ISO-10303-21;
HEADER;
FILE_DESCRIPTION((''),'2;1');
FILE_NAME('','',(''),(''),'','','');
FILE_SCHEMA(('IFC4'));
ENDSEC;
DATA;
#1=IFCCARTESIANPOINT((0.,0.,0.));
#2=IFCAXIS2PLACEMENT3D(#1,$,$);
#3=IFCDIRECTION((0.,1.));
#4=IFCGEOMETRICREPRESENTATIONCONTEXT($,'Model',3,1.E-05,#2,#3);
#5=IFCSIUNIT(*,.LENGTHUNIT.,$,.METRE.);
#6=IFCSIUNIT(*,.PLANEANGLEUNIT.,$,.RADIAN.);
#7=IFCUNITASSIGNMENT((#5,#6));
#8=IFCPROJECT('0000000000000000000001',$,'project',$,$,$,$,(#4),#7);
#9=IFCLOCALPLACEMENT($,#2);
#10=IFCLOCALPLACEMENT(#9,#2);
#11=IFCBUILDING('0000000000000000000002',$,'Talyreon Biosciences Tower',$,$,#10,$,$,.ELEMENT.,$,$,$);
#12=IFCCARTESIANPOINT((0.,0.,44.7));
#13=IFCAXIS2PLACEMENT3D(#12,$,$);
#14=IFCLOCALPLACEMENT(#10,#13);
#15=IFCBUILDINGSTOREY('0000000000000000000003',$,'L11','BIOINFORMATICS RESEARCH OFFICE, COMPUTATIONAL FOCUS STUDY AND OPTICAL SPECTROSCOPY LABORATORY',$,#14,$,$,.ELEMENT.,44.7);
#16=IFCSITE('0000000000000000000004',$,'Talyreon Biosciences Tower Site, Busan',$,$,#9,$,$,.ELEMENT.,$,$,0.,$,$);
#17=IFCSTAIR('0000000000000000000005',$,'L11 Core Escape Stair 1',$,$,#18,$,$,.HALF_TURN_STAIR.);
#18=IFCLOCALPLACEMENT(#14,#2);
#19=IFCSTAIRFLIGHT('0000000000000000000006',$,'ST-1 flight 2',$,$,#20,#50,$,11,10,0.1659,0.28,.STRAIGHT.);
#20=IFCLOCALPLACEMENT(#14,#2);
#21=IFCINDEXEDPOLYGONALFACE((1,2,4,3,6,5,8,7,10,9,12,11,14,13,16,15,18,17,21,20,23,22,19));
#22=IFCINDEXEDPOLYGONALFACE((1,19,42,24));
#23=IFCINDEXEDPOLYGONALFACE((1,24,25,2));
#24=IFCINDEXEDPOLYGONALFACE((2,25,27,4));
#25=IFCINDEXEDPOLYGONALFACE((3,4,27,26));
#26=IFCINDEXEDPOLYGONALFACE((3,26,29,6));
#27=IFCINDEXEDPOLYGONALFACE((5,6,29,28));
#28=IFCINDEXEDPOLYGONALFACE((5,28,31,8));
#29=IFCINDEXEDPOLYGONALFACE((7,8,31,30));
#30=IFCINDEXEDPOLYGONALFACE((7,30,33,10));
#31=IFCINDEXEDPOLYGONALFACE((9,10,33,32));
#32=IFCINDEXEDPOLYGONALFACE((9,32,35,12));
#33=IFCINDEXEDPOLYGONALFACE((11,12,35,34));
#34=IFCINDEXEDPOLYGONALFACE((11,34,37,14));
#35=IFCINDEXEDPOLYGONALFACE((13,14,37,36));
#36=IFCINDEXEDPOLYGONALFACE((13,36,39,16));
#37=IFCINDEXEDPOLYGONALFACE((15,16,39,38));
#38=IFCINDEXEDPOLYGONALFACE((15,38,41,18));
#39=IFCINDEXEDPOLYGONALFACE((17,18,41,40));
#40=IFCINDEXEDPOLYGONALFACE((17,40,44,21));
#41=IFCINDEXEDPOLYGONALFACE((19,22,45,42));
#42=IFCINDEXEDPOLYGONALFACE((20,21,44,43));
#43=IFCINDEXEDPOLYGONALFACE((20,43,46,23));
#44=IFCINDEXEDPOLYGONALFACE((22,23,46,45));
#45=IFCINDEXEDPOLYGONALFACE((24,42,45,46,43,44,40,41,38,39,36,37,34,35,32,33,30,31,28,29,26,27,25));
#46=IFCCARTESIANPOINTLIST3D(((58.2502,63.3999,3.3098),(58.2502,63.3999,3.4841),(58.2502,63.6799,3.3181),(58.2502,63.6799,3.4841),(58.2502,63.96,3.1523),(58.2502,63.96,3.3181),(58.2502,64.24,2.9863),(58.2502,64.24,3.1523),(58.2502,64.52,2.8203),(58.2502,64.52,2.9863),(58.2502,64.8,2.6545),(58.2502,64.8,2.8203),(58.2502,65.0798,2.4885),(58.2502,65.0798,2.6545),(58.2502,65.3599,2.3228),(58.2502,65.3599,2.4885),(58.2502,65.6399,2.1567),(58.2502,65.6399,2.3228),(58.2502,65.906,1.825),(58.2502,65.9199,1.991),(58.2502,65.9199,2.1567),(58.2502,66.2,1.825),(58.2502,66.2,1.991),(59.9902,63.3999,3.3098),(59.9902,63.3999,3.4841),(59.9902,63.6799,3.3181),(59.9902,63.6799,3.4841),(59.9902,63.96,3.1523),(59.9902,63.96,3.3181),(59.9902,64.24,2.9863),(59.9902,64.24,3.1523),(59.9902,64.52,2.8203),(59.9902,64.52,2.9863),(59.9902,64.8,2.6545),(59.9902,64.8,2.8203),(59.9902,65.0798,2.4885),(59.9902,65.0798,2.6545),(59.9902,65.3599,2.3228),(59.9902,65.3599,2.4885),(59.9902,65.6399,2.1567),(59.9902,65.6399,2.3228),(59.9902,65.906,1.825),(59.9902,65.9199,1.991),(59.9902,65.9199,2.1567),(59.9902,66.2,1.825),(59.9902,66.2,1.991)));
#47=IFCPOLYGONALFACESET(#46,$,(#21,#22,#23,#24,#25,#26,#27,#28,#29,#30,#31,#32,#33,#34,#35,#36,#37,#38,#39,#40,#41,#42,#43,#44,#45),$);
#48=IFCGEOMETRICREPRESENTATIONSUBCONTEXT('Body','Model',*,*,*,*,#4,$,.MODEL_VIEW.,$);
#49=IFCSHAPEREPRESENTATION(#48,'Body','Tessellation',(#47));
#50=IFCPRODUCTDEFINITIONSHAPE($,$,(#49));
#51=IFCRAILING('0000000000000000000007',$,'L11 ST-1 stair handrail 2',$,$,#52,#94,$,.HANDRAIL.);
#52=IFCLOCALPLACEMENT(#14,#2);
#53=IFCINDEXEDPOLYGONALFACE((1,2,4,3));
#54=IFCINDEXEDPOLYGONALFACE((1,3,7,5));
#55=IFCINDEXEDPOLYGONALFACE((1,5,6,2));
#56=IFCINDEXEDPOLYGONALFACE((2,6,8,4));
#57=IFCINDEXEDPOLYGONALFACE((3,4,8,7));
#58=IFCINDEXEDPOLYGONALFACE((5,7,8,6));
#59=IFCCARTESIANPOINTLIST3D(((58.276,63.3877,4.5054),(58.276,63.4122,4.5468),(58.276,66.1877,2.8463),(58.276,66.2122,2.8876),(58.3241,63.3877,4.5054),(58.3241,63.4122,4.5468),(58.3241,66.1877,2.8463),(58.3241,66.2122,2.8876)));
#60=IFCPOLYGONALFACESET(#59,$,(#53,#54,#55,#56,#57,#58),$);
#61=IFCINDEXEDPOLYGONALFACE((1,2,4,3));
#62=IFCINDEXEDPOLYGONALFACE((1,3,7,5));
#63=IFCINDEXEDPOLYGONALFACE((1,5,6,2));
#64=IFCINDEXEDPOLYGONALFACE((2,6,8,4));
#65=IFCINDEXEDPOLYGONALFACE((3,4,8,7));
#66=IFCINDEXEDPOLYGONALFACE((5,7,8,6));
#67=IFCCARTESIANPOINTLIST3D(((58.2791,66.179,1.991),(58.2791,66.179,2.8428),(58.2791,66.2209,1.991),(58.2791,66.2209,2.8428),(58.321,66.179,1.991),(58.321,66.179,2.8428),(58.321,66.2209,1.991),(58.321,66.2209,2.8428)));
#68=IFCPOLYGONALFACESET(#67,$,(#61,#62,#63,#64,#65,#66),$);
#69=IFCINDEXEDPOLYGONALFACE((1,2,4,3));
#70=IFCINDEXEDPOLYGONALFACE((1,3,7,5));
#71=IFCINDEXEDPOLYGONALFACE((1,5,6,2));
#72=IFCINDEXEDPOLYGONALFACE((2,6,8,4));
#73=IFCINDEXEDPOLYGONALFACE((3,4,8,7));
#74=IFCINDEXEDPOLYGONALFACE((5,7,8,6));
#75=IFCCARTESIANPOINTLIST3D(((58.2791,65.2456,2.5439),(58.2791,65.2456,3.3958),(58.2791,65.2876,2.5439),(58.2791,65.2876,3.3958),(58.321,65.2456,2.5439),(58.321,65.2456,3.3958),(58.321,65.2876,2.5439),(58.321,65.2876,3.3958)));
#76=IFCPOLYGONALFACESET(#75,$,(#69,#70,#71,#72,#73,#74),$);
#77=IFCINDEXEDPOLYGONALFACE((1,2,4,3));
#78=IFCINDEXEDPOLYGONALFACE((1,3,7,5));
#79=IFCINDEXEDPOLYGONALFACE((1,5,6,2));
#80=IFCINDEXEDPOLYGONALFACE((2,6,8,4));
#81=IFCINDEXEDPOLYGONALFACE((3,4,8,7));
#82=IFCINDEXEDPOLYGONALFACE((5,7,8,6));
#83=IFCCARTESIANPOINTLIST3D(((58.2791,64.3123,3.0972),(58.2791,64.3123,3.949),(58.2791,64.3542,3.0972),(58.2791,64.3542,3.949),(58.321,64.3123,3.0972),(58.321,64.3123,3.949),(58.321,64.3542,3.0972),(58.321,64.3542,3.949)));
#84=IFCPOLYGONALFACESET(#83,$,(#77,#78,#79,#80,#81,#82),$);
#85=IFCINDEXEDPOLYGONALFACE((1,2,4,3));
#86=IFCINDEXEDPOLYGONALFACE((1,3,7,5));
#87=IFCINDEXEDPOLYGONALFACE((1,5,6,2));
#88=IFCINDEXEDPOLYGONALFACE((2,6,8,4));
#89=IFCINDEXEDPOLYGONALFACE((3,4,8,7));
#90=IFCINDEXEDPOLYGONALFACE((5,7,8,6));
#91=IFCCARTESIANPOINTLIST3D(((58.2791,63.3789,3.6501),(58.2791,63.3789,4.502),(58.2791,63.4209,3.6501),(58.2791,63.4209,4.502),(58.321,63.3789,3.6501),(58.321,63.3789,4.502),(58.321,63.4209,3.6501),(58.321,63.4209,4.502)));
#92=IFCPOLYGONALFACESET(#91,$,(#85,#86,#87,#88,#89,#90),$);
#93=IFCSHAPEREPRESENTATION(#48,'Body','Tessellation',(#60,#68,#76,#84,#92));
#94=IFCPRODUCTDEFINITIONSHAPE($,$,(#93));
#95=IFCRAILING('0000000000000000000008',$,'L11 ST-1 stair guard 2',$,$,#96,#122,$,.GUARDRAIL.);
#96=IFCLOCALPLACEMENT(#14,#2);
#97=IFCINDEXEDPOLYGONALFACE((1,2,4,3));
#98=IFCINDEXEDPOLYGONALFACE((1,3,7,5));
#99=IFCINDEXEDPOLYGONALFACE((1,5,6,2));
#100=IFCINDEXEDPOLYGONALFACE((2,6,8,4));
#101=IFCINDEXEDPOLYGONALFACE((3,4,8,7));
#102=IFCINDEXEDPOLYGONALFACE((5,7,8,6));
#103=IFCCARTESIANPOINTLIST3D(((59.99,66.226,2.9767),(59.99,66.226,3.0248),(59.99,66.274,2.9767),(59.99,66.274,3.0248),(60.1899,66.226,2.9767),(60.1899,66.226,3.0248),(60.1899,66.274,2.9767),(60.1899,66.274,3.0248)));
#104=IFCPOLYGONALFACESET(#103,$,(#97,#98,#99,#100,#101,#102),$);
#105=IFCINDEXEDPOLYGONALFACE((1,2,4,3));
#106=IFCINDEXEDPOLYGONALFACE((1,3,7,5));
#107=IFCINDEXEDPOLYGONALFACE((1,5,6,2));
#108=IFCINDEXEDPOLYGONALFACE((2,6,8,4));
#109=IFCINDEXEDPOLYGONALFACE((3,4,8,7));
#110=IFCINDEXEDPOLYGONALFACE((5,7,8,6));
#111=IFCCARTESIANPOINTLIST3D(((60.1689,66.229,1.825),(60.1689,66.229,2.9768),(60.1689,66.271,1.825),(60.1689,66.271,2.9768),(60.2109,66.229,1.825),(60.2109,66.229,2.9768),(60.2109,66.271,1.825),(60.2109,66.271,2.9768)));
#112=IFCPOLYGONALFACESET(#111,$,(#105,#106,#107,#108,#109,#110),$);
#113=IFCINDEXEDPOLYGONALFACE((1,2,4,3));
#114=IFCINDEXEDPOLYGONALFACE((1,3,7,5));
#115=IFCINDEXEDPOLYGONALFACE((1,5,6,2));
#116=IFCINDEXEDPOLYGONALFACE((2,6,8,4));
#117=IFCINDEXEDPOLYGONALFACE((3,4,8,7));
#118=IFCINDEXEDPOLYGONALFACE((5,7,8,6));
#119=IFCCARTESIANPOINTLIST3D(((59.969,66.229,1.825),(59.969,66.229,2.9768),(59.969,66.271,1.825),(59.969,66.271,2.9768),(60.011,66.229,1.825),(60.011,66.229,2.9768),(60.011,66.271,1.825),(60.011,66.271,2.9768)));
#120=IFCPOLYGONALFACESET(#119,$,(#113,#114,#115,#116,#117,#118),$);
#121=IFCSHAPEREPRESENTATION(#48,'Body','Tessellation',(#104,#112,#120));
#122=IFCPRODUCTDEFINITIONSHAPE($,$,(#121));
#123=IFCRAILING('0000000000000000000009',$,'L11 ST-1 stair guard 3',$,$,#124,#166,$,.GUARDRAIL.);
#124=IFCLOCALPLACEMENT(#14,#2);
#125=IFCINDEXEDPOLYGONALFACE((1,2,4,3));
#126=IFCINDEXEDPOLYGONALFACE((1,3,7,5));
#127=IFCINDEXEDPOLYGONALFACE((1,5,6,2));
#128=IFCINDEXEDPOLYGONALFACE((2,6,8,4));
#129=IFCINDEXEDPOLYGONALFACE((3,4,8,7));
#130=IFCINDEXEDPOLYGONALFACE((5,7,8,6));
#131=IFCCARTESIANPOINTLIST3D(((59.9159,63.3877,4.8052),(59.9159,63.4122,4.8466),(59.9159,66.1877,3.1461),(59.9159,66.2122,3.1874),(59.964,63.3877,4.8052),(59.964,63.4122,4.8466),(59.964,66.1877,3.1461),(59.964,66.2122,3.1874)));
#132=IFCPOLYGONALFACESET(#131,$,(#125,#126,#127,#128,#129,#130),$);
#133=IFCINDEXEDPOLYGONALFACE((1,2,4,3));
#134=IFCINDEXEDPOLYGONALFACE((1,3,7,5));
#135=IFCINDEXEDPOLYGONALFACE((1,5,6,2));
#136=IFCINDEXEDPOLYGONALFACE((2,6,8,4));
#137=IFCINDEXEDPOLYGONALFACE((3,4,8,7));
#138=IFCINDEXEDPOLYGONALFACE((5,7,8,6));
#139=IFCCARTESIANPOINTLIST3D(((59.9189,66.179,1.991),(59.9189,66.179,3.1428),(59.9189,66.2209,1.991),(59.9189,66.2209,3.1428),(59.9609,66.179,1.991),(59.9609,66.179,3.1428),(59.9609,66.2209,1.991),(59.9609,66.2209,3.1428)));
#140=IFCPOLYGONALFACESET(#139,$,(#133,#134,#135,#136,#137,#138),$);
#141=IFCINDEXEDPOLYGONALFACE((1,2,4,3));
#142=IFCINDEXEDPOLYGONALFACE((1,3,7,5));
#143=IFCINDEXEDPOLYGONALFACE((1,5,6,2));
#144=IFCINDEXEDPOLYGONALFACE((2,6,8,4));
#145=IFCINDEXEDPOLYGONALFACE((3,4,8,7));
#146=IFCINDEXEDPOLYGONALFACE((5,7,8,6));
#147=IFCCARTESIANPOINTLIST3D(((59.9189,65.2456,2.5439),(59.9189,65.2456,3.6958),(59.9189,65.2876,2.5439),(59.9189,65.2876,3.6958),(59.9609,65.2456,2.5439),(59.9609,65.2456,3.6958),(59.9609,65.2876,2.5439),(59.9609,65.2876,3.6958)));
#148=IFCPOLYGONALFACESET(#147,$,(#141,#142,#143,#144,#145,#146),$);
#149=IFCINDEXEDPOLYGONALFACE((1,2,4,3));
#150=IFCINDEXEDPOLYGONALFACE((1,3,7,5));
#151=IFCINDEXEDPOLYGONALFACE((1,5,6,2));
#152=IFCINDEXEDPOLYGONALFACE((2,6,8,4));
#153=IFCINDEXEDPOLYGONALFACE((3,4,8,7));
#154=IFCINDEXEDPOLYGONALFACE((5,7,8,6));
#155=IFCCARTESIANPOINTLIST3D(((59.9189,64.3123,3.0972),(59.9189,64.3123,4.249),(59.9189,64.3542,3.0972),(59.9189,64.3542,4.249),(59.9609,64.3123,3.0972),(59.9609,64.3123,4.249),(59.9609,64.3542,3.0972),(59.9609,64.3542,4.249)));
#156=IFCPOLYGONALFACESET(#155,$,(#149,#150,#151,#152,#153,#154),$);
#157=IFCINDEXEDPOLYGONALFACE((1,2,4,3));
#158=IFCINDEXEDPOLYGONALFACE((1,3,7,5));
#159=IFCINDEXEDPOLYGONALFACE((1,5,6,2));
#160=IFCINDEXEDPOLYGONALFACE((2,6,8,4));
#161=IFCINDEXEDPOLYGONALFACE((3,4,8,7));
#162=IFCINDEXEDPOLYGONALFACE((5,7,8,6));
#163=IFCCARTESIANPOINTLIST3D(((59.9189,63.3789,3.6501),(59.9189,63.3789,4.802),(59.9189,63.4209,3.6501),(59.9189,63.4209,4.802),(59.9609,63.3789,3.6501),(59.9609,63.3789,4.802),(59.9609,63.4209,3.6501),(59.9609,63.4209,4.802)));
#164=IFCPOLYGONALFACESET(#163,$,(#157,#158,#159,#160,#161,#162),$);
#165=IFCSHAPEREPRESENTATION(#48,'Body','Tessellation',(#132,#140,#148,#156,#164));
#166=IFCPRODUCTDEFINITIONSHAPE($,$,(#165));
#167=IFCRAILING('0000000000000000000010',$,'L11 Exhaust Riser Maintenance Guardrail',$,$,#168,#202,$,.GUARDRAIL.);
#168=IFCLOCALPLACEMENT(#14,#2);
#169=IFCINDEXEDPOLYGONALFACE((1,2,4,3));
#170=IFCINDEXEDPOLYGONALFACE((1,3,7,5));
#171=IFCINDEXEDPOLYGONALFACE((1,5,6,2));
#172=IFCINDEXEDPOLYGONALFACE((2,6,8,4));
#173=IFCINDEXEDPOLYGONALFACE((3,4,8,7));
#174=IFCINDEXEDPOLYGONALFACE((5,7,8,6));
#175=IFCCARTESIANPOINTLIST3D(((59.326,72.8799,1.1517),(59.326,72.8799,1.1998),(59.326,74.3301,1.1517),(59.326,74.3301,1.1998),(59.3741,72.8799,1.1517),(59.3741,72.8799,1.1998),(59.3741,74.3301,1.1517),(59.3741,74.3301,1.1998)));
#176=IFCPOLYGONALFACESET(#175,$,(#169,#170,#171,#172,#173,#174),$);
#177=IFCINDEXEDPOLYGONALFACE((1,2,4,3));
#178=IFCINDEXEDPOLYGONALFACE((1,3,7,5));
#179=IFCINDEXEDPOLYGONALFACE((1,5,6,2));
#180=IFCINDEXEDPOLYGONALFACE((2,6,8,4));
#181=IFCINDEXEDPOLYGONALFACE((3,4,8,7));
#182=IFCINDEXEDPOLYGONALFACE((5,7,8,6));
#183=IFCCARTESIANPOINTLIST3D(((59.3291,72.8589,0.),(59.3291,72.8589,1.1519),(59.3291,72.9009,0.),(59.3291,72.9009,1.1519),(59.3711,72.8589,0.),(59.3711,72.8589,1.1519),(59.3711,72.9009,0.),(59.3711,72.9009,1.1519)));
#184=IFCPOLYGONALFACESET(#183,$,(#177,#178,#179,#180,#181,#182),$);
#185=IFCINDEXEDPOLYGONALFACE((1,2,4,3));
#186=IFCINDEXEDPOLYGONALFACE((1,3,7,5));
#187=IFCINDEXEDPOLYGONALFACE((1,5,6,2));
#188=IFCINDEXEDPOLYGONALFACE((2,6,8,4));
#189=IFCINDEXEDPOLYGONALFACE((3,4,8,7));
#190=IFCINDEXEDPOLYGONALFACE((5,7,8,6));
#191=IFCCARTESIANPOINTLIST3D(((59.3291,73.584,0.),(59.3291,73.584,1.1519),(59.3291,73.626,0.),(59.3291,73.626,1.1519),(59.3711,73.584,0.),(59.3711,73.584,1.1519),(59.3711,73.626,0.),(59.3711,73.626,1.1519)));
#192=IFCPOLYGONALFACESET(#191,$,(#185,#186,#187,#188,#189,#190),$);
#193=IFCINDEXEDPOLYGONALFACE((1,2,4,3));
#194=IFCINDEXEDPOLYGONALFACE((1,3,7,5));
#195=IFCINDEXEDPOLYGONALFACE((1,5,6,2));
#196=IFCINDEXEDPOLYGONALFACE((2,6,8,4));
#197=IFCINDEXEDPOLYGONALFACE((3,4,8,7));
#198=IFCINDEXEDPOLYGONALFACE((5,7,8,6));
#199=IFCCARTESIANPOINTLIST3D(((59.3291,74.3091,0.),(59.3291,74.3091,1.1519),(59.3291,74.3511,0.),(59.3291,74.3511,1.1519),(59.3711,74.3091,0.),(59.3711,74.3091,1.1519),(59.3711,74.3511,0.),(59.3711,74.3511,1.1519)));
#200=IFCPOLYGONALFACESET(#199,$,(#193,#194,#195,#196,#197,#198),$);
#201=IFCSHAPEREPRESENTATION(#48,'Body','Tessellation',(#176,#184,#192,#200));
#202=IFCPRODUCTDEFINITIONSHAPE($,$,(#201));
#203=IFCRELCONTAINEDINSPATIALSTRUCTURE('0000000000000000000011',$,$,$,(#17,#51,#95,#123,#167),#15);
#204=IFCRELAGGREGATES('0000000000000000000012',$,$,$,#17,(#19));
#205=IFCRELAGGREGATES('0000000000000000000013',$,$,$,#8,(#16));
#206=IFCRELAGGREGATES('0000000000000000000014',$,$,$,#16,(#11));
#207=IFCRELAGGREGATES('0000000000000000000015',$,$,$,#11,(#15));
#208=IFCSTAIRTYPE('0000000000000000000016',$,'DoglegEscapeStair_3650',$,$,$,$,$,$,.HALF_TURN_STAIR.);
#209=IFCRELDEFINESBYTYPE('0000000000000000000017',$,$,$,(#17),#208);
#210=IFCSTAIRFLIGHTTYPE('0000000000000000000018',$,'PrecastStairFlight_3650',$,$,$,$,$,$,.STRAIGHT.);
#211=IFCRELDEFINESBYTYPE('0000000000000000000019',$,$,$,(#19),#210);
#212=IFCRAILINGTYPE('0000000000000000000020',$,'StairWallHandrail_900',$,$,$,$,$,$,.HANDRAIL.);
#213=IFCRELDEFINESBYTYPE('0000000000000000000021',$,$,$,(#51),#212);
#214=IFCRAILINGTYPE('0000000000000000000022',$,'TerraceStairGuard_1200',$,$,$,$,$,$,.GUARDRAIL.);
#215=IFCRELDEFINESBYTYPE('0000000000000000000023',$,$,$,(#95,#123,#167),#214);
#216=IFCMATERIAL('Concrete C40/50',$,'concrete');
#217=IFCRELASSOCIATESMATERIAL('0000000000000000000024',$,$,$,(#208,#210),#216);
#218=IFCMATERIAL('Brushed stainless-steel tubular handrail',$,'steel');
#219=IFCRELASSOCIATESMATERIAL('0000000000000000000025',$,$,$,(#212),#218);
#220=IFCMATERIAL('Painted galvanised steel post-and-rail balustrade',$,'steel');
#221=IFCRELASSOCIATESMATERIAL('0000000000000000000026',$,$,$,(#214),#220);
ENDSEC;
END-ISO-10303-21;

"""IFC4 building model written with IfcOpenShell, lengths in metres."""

from ifc_helpers import new_model, si_unit, direction, frame, origin, origin_2d, place, context, subcontext, project, spatial, polyline, rectangle, outline, extrude, material, type_object, element, aggregate, save


model = new_model("IFC4")

# Units and contexts
model_context = context("Model", 3, precision=1e-05, world=origin(), true_north=direction((0.0, 1.0)))
body_context = subcontext(model_context, "Body", "Model", "MODEL_VIEW")
ifc_project = project(units=[si_unit("LENGTHUNIT", "METRE"), si_unit("PLANEANGLEUNIT", "RADIAN")], contexts=[model_context])

# Site, building, storey
site_placement = place(None, origin())
site = spatial("IfcSite", under=ifc_project, at=site_placement, Name="Talyreon Biosciences Tower Site, Busan", CompositionType="ELEMENT", RefElevation=0.0)
building_placement = place(site_placement, origin())
building = spatial("IfcBuilding", under=site, at=building_placement, Name="Talyreon Biosciences Tower", CompositionType="ELEMENT")
storey_placement = place(building_placement, frame((0.0, 0.0, 44.7)))
storey = spatial("IfcBuildingStorey", under=building, at=storey_placement, Name="L11", Description="BIOINFORMATICS RESEARCH OFFICE, COMPUTATIONAL FOCUS STUDY AND OPTICAL SPECTROSCOPY LABORATORY", CompositionType="ELEMENT", Elevation=44.7)

# Stair, stair flight
ifc_material_1 = material(Name="Concrete C40/50", Category="concrete")
stair_type = type_object("IfcStairType", Name="DoglegEscapeStair_3650", PredefinedType="HALF_TURN_STAIR", material=ifc_material_1)
stair_placement = place(storey_placement, origin())
stair = element("IfcStair", 1, at=stair_placement, inside=storey, type_object=stair_type, Name="L11 Core Escape Stair 1", PredefinedType="HALF_TURN_STAIR")
stair_flight_type = type_object("IfcStairFlightType", Name="PrecastStairFlight_3650", PredefinedType="STRAIGHT", material=ifc_material_1)
stair_flight_placement = place(storey_placement, frame((59.1201, 66.2, 1.825), z_axis=(0.0, 0.0, 1.0), x_axis=(0.0, -1.0, 0.0)))
stair_flight = element("IfcStairFlight", 2, at=stair_flight_placement, type_object=stair_flight_type, Name="ST-1 flight 2", NumberOfRisers=11, NumberOfTreads=10, PredefinedType="STRAIGHT", RiserHeight=0.1659, TreadLength=0.28, context=body_context, shape_type="SweptSolid", body=[
    extrude(outline(polyline([(0.0, 0.0), (0.0, 0.166), (0.28, 0.166), (0.28, 0.3318), (0.5601, 0.3318), (0.5601, 0.4978), (0.8401, 0.4978), (0.8401, 0.6636), (1.1201, 0.6636), (1.1201, 0.8296), (1.3999, 0.8296), (1.3999, 0.9954), (1.6799, 0.9954), (1.6799, 1.1614), (1.96, 1.1614), (1.96, 1.3274), (2.24, 1.3274), (2.24, 1.4932), (2.52, 1.4932), (2.52, 1.6592), (2.8, 1.6592), (2.8, 1.825), (2.8, 1.4849), (0.2939, 0.0), (0.0, 0.0)])), frame((0.0, 0.8701, 0.0), z_axis=(0.0, -1.0, 0.0), x_axis=(1.0, 0.0, 0.0)), (0.0, 0.0, 1.0), 1.74),
])
aggregate(stair, [stair_flight])

# Railings
ifc_material_2 = material(Name="Brushed stainless-steel tubular handrail", Category="steel")
railing_type_1 = type_object("IfcRailingType", Name="StairWallHandrail_900", PredefinedType="HANDRAIL", material=ifc_material_2)
railing_1_placement = place(storey_placement, frame((58.3, 66.2, 1.991)))
element("IfcRailing", 3, at=railing_1_placement, inside=storey, type_object=railing_type_1, Name="L11 ST-1 stair handrail 2", PredefinedType="HANDRAIL", context=body_context, shape_type="SweptSolid", body=[
    extrude(rectangle(XDim=0.0481, YDim=0.0481, at=origin_2d()), frame((0.0, 0.0, 0.876), z_axis=(0.0, -0.860306, 0.509778), x_axis=(1.0, 0.0, 0.0)), (0.0, 0.0, 1.0), 3.2546),
    extrude(rectangle(XDim=0.042, YDim=0.042, at=origin_2d()), origin(), (0.0, 0.0, 1.0), 0.8518),
    extrude(rectangle(XDim=0.042, YDim=0.042, at=origin_2d()), frame((0.0, -0.9333, 0.553)), (0.0, 0.0, 1.0), 0.8518),
    extrude(rectangle(XDim=0.042, YDim=0.042, at=origin_2d()), frame((0.0, -1.8667, 1.1062)), (0.0, 0.0, 1.0), 0.8518),
    extrude(rectangle(XDim=0.042, YDim=0.042, at=origin_2d()), frame((0.0, -2.8, 1.6592)), (0.0, 0.0, 1.0), 0.8518),
])
ifc_material_3 = material(Name="Painted galvanised steel post-and-rail balustrade", Category="steel")
railing_type_2 = type_object("IfcRailingType", Name="TerraceStairGuard_1200", PredefinedType="GUARDRAIL", material=ifc_material_3)
railing_2_placement = place(storey_placement, frame((60.1899, 66.25, 1.825)))
element("IfcRailing", 4, at=railing_2_placement, inside=storey, type_object=railing_type_2, Name="L11 ST-1 stair guard 2", PredefinedType="GUARDRAIL", context=body_context, shape_type="SweptSolid", body=[
    extrude(rectangle(XDim=0.0481, YDim=0.0481, at=origin_2d()), frame((0.0, 0.0, 1.1758), z_axis=(-1.0, 0.0, 0.0), x_axis=(0.0, -1.0, 0.0)), (0.0, 0.0, 1.0), 0.2),
    extrude(rectangle(XDim=0.042, YDim=0.042, at=origin_2d()), origin(), (0.0, 0.0, 1.0), 1.1519),
    extrude(rectangle(XDim=0.042, YDim=0.042, at=origin_2d()), frame((-0.2, 0.0, 0.0)), (0.0, 0.0, 1.0), 1.1519),
])
railing_3_placement = place(storey_placement, frame((59.9399, 66.2, 1.991)))
element("IfcRailing", 5, at=railing_3_placement, inside=storey, type_object=railing_type_2, Name="L11 ST-1 stair guard 3", PredefinedType="GUARDRAIL", context=body_context, shape_type="SweptSolid", body=[
    extrude(rectangle(XDim=0.0481, YDim=0.0481, at=origin_2d()), frame((0.0, 0.0, 1.1758), z_axis=(0.0, -0.860306, 0.509778), x_axis=(1.0, 0.0, 0.0)), (0.0, 0.0, 1.0), 3.2546),
    extrude(rectangle(XDim=0.042, YDim=0.042, at=origin_2d()), origin(), (0.0, 0.0, 1.0), 1.1519),
    extrude(rectangle(XDim=0.042, YDim=0.042, at=origin_2d()), frame((0.0, -0.9333, 0.553)), (0.0, 0.0, 1.0), 1.1519),
    extrude(rectangle(XDim=0.042, YDim=0.042, at=origin_2d()), frame((0.0, -1.8667, 1.1062)), (0.0, 0.0, 1.0), 1.1519),
    extrude(rectangle(XDim=0.042, YDim=0.042, at=origin_2d()), frame((0.0, -2.8, 1.6592)), (0.0, 0.0, 1.0), 1.1519),
])
railing_4_placement = place(storey_placement, frame((59.3501, 72.8799, 0.0)))
element("IfcRailing", 6, at=railing_4_placement, inside=storey, type_object=railing_type_2, Name="L11 Exhaust Riser Maintenance Guardrail", PredefinedType="GUARDRAIL", context=body_context, shape_type="SweptSolid", body=[
    extrude(rectangle(XDim=0.0481, YDim=0.0481, at=origin_2d()), frame((0.0, 0.0, 1.1758), z_axis=(0.0, 1.0, 0.0), x_axis=(-1.0, 0.0, 0.0)), (0.0, 0.0, 1.0), 1.4502),
    extrude(rectangle(XDim=0.042, YDim=0.042, at=origin_2d()), origin(), (0.0, 0.0, 1.0), 1.1519),
    extrude(rectangle(XDim=0.042, YDim=0.042, at=origin_2d()), frame((0.0, 0.7251, 0.0)), (0.0, 0.0, 1.0), 1.1519),
    extrude(rectangle(XDim=0.042, YDim=0.042, at=origin_2d()), frame((0.0, 1.4502, 0.0)), (0.0, 0.0, 1.0), 1.1519),
])

save(model, "model.ifc")
